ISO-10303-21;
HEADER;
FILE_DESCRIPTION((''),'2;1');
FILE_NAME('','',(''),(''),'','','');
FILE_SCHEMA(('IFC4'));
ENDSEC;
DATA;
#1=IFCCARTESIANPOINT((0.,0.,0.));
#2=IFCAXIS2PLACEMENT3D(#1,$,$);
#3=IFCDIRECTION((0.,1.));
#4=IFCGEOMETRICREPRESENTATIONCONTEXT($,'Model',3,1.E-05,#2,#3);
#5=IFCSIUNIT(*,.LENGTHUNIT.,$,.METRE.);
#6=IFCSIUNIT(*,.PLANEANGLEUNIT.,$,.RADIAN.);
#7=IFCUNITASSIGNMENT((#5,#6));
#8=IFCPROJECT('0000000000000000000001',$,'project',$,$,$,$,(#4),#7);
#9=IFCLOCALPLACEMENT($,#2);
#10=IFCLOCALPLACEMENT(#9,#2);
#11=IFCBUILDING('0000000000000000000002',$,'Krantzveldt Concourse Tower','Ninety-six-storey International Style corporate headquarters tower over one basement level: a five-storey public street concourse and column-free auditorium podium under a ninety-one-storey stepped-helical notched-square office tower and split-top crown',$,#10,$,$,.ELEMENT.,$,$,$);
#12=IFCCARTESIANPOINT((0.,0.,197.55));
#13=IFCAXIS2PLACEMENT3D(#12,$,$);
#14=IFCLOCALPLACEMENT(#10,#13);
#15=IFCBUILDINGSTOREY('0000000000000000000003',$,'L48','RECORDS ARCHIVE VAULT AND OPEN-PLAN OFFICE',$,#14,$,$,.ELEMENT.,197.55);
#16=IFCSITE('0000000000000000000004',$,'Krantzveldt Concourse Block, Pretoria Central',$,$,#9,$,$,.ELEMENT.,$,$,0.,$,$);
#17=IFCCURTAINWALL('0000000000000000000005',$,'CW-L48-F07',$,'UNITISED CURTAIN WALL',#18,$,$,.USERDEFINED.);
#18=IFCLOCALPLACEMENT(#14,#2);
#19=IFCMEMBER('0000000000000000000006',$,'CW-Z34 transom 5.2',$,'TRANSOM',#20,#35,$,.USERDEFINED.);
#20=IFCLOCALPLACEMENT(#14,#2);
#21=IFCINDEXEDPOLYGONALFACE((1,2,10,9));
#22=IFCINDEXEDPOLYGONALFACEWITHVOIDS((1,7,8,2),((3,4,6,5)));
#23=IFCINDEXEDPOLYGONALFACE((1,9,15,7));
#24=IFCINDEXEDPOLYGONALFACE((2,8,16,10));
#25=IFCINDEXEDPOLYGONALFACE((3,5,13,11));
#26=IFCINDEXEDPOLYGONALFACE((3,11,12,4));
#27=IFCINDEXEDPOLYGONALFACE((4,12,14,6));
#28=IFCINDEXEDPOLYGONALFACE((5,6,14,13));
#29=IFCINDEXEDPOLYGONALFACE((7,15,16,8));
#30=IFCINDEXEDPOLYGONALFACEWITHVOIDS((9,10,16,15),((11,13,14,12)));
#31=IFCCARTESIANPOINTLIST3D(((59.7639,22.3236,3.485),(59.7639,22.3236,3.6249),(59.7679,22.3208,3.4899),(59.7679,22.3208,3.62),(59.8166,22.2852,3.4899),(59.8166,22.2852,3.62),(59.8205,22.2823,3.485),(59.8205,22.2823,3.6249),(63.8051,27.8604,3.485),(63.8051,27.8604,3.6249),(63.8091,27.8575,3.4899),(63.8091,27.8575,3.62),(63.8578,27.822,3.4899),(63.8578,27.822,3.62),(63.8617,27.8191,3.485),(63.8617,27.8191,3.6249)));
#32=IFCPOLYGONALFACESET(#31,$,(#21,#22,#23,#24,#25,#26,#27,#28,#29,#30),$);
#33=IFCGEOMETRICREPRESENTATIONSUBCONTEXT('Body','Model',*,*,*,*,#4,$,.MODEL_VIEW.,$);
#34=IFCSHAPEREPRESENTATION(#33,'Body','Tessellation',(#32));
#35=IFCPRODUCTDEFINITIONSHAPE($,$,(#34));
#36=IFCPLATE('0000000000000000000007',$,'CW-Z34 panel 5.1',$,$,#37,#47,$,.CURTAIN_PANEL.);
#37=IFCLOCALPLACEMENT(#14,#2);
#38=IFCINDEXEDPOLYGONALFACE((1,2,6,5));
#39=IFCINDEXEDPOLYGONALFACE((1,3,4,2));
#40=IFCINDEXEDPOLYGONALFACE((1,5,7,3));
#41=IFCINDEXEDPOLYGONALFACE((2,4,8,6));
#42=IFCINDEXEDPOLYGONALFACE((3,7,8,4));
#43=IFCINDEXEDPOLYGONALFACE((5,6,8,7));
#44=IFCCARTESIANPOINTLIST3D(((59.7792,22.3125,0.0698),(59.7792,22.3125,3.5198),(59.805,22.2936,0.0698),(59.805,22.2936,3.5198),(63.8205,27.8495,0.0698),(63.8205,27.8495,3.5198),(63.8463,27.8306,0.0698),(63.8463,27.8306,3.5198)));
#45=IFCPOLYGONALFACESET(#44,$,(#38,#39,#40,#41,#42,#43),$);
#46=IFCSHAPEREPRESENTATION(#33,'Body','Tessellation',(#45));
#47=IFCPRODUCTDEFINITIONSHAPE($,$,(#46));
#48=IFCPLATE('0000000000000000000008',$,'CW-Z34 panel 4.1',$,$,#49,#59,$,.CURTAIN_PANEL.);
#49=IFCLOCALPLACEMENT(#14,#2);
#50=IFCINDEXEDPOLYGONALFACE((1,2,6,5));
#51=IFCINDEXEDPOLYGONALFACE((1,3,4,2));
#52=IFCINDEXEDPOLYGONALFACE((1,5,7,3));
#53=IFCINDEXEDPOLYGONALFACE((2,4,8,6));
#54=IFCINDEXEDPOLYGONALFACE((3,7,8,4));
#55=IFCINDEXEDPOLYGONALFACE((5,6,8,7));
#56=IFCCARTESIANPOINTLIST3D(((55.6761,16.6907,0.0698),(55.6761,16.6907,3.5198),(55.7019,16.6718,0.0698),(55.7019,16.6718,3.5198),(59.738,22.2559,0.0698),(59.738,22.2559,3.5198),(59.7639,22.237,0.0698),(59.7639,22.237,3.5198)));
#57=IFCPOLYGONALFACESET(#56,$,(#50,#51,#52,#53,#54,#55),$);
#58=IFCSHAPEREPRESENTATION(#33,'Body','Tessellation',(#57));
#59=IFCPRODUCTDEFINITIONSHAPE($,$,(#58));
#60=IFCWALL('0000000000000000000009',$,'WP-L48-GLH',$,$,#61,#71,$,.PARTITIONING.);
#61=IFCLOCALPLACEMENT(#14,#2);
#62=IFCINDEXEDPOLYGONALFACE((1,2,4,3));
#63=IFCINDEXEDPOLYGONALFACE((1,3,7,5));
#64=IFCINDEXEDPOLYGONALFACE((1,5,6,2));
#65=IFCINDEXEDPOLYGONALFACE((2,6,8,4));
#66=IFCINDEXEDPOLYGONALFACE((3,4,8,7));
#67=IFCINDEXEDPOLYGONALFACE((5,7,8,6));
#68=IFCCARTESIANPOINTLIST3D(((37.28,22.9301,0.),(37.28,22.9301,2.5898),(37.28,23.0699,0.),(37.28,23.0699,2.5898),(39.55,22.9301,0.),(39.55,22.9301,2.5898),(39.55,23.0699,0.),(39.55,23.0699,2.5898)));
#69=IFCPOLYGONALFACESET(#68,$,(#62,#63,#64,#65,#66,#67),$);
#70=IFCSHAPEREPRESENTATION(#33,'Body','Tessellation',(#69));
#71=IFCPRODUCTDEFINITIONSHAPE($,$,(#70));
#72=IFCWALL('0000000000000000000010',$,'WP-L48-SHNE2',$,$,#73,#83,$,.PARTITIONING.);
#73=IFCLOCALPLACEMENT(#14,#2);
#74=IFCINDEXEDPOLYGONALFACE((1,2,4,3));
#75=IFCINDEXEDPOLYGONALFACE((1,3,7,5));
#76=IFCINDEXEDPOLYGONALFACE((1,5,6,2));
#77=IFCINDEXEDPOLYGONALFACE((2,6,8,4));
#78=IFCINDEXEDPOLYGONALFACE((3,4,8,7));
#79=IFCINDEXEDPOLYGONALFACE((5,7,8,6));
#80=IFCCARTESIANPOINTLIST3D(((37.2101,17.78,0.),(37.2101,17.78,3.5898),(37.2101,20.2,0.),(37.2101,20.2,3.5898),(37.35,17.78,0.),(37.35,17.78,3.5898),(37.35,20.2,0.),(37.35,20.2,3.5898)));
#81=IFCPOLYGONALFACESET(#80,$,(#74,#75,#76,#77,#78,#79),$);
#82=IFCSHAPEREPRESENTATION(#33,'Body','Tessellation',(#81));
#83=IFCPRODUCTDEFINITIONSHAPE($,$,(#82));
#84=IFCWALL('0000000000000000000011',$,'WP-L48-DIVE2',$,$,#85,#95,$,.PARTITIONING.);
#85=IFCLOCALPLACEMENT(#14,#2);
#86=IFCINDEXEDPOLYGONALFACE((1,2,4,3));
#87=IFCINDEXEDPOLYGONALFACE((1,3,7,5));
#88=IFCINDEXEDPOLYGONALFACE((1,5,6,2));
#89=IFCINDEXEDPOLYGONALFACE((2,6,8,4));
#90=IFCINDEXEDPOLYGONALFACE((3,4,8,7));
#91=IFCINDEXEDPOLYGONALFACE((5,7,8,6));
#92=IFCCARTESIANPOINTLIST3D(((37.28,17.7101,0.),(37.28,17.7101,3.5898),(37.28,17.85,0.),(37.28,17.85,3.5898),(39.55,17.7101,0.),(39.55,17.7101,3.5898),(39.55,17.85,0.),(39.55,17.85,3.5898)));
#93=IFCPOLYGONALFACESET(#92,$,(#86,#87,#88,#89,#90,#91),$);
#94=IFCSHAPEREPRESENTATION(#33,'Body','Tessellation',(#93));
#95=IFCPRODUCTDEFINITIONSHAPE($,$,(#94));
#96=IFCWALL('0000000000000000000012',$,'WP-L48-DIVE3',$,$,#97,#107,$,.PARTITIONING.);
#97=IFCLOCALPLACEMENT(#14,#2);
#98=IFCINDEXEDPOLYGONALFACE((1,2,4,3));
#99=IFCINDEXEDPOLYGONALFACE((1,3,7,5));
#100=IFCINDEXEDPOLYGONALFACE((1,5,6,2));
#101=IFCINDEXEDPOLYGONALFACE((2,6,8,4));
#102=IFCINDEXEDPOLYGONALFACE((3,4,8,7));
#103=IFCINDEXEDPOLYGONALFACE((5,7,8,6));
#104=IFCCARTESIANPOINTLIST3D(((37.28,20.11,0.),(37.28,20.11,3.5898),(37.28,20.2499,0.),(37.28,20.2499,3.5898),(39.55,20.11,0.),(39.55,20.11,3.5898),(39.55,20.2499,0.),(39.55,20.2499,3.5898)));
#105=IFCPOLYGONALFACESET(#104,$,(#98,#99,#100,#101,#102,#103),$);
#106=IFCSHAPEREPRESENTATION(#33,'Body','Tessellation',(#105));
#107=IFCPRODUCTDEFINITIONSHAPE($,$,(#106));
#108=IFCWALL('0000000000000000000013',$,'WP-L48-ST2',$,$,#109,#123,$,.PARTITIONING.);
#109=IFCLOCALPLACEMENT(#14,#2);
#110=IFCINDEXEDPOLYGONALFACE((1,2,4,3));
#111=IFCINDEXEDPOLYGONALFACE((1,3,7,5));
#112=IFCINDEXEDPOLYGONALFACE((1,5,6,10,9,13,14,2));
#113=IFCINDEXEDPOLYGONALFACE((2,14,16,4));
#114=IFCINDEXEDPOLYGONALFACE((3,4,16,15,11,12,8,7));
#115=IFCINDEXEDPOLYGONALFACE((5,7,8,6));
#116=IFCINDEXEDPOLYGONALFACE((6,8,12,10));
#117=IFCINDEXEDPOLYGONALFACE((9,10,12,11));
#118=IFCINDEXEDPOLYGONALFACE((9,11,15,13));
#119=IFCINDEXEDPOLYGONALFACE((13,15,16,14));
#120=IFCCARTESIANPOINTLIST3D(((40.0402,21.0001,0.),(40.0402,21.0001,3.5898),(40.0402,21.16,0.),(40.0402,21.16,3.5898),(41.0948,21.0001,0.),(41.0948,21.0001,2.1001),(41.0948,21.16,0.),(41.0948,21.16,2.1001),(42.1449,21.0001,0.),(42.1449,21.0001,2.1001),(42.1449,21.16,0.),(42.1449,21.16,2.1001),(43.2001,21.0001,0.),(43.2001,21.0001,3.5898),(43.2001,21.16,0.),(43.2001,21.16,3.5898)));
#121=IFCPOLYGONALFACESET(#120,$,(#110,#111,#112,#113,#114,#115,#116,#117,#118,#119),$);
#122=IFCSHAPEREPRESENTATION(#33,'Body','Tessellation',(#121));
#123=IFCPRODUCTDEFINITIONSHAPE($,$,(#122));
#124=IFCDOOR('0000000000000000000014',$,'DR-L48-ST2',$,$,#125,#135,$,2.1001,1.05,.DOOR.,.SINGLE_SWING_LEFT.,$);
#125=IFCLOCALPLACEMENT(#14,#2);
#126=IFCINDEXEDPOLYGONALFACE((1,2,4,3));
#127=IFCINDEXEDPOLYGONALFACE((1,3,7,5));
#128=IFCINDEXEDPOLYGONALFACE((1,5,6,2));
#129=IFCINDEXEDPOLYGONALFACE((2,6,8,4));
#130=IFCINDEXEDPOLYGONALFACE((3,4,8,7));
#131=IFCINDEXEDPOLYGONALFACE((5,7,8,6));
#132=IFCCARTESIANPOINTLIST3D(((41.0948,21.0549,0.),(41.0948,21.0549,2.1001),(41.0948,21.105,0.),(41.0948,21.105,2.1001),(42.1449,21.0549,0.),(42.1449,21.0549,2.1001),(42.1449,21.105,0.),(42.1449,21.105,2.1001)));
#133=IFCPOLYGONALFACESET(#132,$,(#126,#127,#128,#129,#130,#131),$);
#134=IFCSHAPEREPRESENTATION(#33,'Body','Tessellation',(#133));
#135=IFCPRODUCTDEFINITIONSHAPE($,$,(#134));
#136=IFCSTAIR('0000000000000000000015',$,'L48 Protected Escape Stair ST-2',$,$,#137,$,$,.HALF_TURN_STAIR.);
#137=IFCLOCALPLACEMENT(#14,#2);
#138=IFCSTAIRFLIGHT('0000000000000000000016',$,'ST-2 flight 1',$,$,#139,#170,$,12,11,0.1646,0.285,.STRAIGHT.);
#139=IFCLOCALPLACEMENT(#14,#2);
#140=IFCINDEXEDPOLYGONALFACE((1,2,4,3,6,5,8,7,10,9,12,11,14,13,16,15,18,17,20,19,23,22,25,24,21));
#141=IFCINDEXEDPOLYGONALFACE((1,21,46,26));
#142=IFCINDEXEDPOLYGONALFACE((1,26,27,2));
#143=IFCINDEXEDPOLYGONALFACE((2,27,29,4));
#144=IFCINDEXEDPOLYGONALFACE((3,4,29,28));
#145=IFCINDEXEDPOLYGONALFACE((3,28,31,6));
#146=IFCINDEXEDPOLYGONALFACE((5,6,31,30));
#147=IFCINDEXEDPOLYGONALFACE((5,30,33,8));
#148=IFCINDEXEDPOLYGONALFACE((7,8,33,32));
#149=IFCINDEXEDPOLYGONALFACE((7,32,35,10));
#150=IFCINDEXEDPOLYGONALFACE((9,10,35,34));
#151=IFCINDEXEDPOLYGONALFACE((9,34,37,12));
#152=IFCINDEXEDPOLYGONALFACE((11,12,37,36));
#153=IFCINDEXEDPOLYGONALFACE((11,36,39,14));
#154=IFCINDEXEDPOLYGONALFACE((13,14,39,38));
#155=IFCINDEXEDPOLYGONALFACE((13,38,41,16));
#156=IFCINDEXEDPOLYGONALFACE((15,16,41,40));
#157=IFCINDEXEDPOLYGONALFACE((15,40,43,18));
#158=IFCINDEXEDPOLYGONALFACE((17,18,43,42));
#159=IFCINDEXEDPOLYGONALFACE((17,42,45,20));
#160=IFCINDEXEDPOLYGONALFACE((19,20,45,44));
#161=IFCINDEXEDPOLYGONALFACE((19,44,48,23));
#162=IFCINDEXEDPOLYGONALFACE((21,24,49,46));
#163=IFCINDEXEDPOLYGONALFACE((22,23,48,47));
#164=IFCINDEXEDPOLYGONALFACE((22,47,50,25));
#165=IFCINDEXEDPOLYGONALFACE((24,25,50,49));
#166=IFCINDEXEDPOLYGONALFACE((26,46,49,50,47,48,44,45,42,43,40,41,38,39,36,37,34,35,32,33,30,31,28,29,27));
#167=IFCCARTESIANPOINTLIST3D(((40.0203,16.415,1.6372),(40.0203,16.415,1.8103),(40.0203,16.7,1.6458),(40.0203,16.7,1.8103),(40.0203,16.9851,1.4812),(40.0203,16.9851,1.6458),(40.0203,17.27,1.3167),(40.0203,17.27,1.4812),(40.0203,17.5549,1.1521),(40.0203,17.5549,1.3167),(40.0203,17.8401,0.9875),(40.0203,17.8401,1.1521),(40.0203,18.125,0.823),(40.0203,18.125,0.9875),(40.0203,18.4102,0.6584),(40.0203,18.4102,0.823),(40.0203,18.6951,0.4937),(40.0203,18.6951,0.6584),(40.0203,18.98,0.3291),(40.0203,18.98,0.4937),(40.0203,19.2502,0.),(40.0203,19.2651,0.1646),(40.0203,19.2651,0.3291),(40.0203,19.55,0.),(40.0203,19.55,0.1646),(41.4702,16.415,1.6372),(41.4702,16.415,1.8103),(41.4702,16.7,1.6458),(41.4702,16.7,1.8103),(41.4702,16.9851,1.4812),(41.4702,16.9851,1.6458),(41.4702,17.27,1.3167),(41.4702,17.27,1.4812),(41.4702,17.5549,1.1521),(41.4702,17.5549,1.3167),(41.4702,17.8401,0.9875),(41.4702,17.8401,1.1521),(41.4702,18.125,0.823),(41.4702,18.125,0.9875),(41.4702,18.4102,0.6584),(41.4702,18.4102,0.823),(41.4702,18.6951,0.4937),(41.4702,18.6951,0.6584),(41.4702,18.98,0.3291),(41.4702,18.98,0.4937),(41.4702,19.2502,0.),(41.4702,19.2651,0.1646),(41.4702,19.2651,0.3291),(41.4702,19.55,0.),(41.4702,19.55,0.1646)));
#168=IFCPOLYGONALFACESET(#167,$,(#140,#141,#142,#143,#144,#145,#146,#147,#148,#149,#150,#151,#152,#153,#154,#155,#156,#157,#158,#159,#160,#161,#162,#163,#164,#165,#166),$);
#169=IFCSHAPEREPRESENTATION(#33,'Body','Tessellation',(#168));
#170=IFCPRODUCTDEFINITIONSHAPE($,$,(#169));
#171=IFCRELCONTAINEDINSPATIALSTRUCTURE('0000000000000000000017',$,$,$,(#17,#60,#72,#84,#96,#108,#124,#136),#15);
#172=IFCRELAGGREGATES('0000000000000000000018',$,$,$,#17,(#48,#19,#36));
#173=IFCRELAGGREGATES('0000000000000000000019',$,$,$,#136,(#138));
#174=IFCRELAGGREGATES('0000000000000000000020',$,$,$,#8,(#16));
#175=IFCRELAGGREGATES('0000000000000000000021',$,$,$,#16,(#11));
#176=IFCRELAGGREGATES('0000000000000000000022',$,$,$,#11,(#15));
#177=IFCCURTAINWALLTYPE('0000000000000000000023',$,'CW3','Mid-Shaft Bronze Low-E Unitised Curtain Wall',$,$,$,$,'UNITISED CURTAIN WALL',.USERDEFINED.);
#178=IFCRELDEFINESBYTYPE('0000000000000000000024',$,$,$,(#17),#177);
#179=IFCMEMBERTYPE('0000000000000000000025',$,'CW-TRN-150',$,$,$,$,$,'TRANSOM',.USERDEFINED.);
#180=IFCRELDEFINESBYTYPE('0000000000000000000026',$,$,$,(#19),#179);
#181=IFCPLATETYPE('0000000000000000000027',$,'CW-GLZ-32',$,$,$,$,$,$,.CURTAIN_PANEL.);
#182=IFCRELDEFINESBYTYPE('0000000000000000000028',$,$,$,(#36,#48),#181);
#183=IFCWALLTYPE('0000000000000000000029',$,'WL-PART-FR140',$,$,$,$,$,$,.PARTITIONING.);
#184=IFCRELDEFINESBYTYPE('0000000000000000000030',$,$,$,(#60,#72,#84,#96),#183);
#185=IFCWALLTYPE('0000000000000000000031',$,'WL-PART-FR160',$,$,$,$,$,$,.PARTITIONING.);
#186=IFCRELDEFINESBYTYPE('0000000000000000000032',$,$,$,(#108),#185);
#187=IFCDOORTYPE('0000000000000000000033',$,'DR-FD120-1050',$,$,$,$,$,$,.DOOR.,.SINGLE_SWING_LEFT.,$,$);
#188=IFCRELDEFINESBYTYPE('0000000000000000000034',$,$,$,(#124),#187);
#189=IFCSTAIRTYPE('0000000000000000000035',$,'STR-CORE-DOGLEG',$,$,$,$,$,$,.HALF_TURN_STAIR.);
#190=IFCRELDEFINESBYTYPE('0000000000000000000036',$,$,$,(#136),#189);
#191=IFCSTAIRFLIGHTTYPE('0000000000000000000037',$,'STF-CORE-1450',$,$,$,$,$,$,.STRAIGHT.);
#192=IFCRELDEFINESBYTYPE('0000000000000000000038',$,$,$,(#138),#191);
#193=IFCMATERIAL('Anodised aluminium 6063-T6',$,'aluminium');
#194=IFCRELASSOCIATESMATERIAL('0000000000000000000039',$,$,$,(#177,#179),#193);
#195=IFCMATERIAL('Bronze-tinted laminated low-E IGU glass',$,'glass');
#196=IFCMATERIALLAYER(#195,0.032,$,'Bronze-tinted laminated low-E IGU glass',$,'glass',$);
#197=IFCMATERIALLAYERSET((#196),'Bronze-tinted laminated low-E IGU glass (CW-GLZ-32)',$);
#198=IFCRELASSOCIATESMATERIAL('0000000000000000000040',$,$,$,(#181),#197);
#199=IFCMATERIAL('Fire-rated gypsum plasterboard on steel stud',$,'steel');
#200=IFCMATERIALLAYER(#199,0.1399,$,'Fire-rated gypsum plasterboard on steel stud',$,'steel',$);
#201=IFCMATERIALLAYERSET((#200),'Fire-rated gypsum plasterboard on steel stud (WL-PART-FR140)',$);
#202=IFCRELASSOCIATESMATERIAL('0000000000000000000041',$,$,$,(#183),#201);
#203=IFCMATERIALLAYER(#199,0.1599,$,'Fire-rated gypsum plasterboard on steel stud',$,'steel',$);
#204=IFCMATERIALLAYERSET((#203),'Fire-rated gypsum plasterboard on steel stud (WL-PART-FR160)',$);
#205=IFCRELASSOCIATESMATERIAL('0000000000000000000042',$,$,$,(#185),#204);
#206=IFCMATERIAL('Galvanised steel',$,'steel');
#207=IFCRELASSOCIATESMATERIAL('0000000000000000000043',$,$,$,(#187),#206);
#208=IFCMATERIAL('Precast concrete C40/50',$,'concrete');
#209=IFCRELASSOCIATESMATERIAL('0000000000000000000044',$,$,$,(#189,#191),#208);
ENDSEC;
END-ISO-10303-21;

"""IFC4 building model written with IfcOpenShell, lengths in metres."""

from ifc_helpers import new_model, si_unit, direction, frame, frame_2d, origin, origin_2d, place, context, subcontext, project, spatial, polyline, rectangle, hollow_rectangle, outline, extrude, source, transform, mapped, material, layer, layer_set, material_profile, profile_set, type_object, type_shapes, element, fill, aggregate, save


model = new_model("IFC4")

# Units and contexts
model_context = context("Model", 3, precision=1e-05, world=origin(), true_north=direction((0.0, 1.0)))
body_context = subcontext(model_context, "Body", "Model", "MODEL_VIEW")
ifc_project = project(units=[si_unit("LENGTHUNIT", "METRE"), si_unit("PLANEANGLEUNIT", "RADIAN")], contexts=[model_context])

# Site, building, storey
site_placement = place(None, origin())
site = spatial("IfcSite", under=ifc_project, at=site_placement, Name="Krantzveldt Concourse Block, Pretoria Central", CompositionType="ELEMENT", RefElevation=0.0)
building_placement = place(site_placement, origin())
building = spatial("IfcBuilding", under=site, at=building_placement, Name="Krantzveldt Concourse Tower", Description="Ninety-six-storey International Style corporate headquarters tower over one basement level: a five-storey public street concourse and column-free auditorium podium under a ninety-one-storey stepped-helical notched-square office tower and split-top crown", CompositionType="ELEMENT")
storey_placement = place(building_placement, frame((0.0, 0.0, 197.55)))
storey = spatial("IfcBuildingStorey", under=building, at=storey_placement, Name="L48", Description="RECORDS ARCHIVE VAULT AND OPEN-PLAN OFFICE", CompositionType="ELEMENT", Elevation=197.55)

# Curtain wall, member, plates
ifc_material_1 = material(Name="Anodised aluminium 6063-T6", Category="aluminium")
curtain_wall_type = type_object("IfcCurtainWallType", Name="CW3", Description="Mid-Shaft Bronze Low-E Unitised Curtain Wall", ElementType="UNITISED CURTAIN WALL", PredefinedType="USERDEFINED", material=ifc_material_1)
curtain_wall_placement = place(storey_placement, origin())
curtain_wall = element("IfcCurtainWall", 1, at=curtain_wall_placement, inside=storey, type_object=curtain_wall_type, Name="CW-L48-F07", ObjectType="UNITISED CURTAIN WALL", PredefinedType="USERDEFINED")
ifc_material_profile_1 = material_profile(ifc_material_1, hollow_rectangle(XDim=0.0701, YDim=0.1399, WallThickness=0.0049, at=origin_2d()), Name="Anodised aluminium 6063-T6", Category="aluminium")
ifc_profile_set_1 = profile_set([ifc_material_profile_1], Name="Anodised aluminium 6063-T6 - ALU-TRAN 140x70x5")
member_type_1 = type_object("IfcMemberType", Name="CW-TRN-150", ElementType="TRANSOM", PredefinedType="USERDEFINED", material=ifc_profile_set_1)
shared_shape_1 = source(origin(), body_context, "Body", "SweptSolid", [
    extrude(hollow_rectangle(XDim=0.0701, YDim=0.1399, WallThickness=0.0049, at=origin_2d()), origin(), (0.0, 0.0, 1.0), 6.8547),
])
member_1_placement = place(storey_placement, frame((59.7922, 22.303, 3.5549), z_axis=(0.589549, 0.807732, 0.0), x_axis=(-0.807732, 0.589549, 0.0)))
member_1 = element("IfcMember", 2, at=member_1_placement, type_object=member_type_1, Name="CW-Z34 transom 5.2", ObjectType="TRANSOM", PredefinedType="USERDEFINED", context=body_context, shape_type="MappedRepresentation", body=[
    mapped(shared_shape_1, transform((0.0, 0.0, 0.0), x_axis=(1.0, 0.0, 0.0), y_axis=(0.0, 1.0, 0.0), z_axis=(0.0, 0.0, 1.0), scale=1.0)),
])
ifc_material_2 = material(Name="Bronze-tinted laminated low-E IGU glass", Category="glass")
ifc_layer_1 = layer(ifc_material_2, 0.032, Name="Bronze-tinted laminated low-E IGU glass", Category="glass")
ifc_layer_set_1 = layer_set([ifc_layer_1], Name="Bronze-tinted laminated low-E IGU glass (CW-GLZ-32)")
plate_type = type_object("IfcPlateType", Name="CW-GLZ-32", PredefinedType="CURTAIN_PANEL", material=ifc_layer_set_1)
shared_shape_2 = source(origin(), body_context, "Body", "SweptSolid", [
    extrude(rectangle(XDim=6.855, YDim=0.032, at=origin_2d()), origin(), (0.0, 0.0, 1.0), 3.45),
])
plate_1_placement = place(storey_placement, frame((61.8127, 25.0715, 0.0698), z_axis=(0.0, 0.0, 1.0), x_axis=(0.589549, 0.807733, 0.0)))
plate_1 = element("IfcPlate", 3, at=plate_1_placement, type_object=plate_type, Name="CW-Z34 panel 5.1", PredefinedType="CURTAIN_PANEL", context=body_context, shape_type="MappedRepresentation", body=[
    mapped(shared_shape_2, transform((0.0, 0.0, 0.0), x_axis=(1.0, 0.0, 0.0), y_axis=(0.0, 1.0, 0.0), z_axis=(0.0, 0.0, 1.0), scale=1.0)),
])
shared_shape_3 = source(origin(), body_context, "Body", "SweptSolid", [
    extrude(rectangle(XDim=6.8899, YDim=0.032, at=origin_2d()), origin(), (0.0, 0.0, 1.0), 3.45),
])
type_shapes(plate_type, [shared_shape_2, shared_shape_3])
plate_2_placement = place(storey_placement, frame((57.72, 19.4639, 0.0698), z_axis=(0.0, 0.0, 1.0), x_axis=(0.589549, 0.807733, 0.0)))
plate_2 = element("IfcPlate", 4, at=plate_2_placement, type_object=plate_type, Name="CW-Z34 panel 4.1", PredefinedType="CURTAIN_PANEL", context=body_context, shape_type="MappedRepresentation", body=[
    mapped(shared_shape_3, transform((0.0, 0.0, 0.0), x_axis=(1.0, 0.0, 0.0), y_axis=(0.0, 1.0, 0.0), z_axis=(0.0, 0.0, 1.0), scale=1.0)),
])
aggregate(curtain_wall, [plate_2, member_1, plate_1])

# Shared definitions
ifc_material_3 = material(Name="Fire-rated gypsum plasterboard on steel stud", Category="steel")
ifc_layer_2 = layer(ifc_material_3, 0.1399, Name="Fire-rated gypsum plasterboard on steel stud", Category="steel")
ifc_layer_set_2 = layer_set([ifc_layer_2], Name="Fire-rated gypsum plasterboard on steel stud (WL-PART-FR140)")
wall_type_1 = type_object("IfcWallType", Name="WL-PART-FR140", PredefinedType="PARTITIONING", material=ifc_layer_set_2)

# Walls
wall_1_placement = place(storey_placement, frame((37.28, 23.0, 0.0), z_axis=(0.0, 0.0, 1.0), x_axis=(1.0, 0.0, 0.0)))
element("IfcWall", 5, at=wall_1_placement, inside=storey, type_object=wall_type_1, Name="WP-L48-GLH", PredefinedType="PARTITIONING", context=body_context, shape_type="SweptSolid", body=[
    extrude(rectangle(XDim=2.27, YDim=0.1399, at=frame_2d((1.135, 0.0))), origin(), (0.0, 0.0, 1.0), 2.5898),
])
wall_2_placement = place(storey_placement, frame((37.28, 17.78, 0.0), z_axis=(0.0, 0.0, 1.0), x_axis=(0.0, 1.0, 0.0)))
element("IfcWall", 6, at=wall_2_placement, inside=storey, type_object=wall_type_1, Name="WP-L48-SHNE2", PredefinedType="PARTITIONING", context=body_context, shape_type="SweptSolid", body=[
    extrude(rectangle(XDim=2.4199, YDim=0.1399, at=frame_2d((1.21, 0.0))), origin(), (0.0, 0.0, 1.0), 3.5898),
])
for number, where, z_axis, x_axis, name in (
    (7, (37.28, 17.78, 0.0), (0.0, 0.0, 1.0), (1.0, 0.0, 0.0), "WP-L48-DIVE2"),
    (8, (37.28, 20.1799, 0.0), (0.0, 0.0, 1.0), (1.0, 0.0, 0.0), "WP-L48-DIVE3"),
):
    element("IfcWall", number, at=place(storey_placement, frame(where, z_axis=z_axis, x_axis=x_axis)), inside=storey, type_object=wall_type_1, Name=name, PredefinedType="PARTITIONING", context=body_context, shape_type="SweptSolid", body=[
        extrude(rectangle(XDim=2.27, YDim=0.1399, at=frame_2d((1.135, 0.0))), origin(), (0.0, 0.0, 1.0), 3.5898),
    ])

# Wall, opening, door
ifc_layer_3 = layer(ifc_material_3, 0.1599, Name="Fire-rated gypsum plasterboard on steel stud", Category="steel")
ifc_layer_set_3 = layer_set([ifc_layer_3], Name="Fire-rated gypsum plasterboard on steel stud (WL-PART-FR160)")
wall_type_2 = type_object("IfcWallType", Name="WL-PART-FR160", PredefinedType="PARTITIONING", material=ifc_layer_set_3)
wall_3_placement = place(storey_placement, frame((40.04, 21.0801, 0.0), z_axis=(0.0, 0.0, 1.0), x_axis=(1.0, 0.0, 0.0)))
wall_3 = element("IfcWall", 9, at=wall_3_placement, inside=storey, type_object=wall_type_2, Name="WP-L48-ST2", PredefinedType="PARTITIONING", context=body_context, shape_type="SweptSolid", body=[
    extrude(rectangle(XDim=3.1599, YDim=0.1599, at=frame_2d((1.5801, 0.0))), origin(), (0.0, 0.0, 1.0), 3.5898),
])
opening_1_placement = place(wall_3_placement, frame((1.0549, 0.0, 0.0)))
opening_1 = element("IfcOpeningElement", 10, at=opening_1_placement, cuts=wall_3, PredefinedType="OPENING", context=body_context, shape_type="SweptSolid", body=[
    extrude(rectangle(XDim=1.05, YDim=2.1001, at=frame_2d((0.5249, 1.05))), frame((0.0, 0.0898, 0.0), z_axis=(0.0, -1.0, 0.0), x_axis=(1.0, 0.0, 0.0)), (0.0, 0.0, 1.0), 0.1799),
])
ifc_material_4 = material(Name="Galvanised steel", Category="steel")
door_type_1 = type_object("IfcDoorType", Name="DR-FD120-1050", OperationType="SINGLE_SWING_LEFT", PredefinedType="DOOR", material=ifc_material_4)
door_1_placement = place(opening_1_placement, origin())
door_1 = element("IfcDoor", 11, at=door_1_placement, inside=storey, type_object=door_type_1, Name="DR-L48-ST2", OperationType="SINGLE_SWING_LEFT", OverallHeight=2.1001, OverallWidth=1.05, PredefinedType="DOOR", context=body_context, shape_type="SweptSolid", body=[
    extrude(rectangle(XDim=1.05, YDim=2.1001, at=frame_2d((0.5249, 1.05))), frame((0.0, 0.0249, 0.0), z_axis=(0.0, -1.0, 0.0), x_axis=(1.0, 0.0, 0.0)), (0.0, 0.0, 1.0), 0.05),
])
fill(opening_1, door_1)

# Stair, stair flight
ifc_material_5 = material(Name="Precast concrete C40/50", Category="concrete")
stair_type = type_object("IfcStairType", Name="STR-CORE-DOGLEG", PredefinedType="HALF_TURN_STAIR", material=ifc_material_5)
stair_placement = place(storey_placement, origin())
stair = element("IfcStair", 12, at=stair_placement, inside=storey, type_object=stair_type, Name="L48 Protected Escape Stair ST-2", PredefinedType="HALF_TURN_STAIR")
stair_flight_type = type_object("IfcStairFlightType", Name="STF-CORE-1450", PredefinedType="STRAIGHT", material=ifc_material_5)
stair_flight_1_placement = place(storey_placement, frame((40.7451, 19.55, 0.0), z_axis=(0.0, 0.0, 1.0), x_axis=(0.0, -1.0, 0.0)))
stair_flight_1 = element("IfcStairFlight", 13, at=stair_flight_1_placement, type_object=stair_flight_type, Name="ST-2 flight 1", NumberOfRisers=12, NumberOfTreads=11, PredefinedType="STRAIGHT", RiserHeight=0.1646, TreadLength=0.285, context=body_context, shape_type="SweptSolid", body=[
    extrude(outline(polyline([(0.0, 0.0), (0.0, 0.1646), (0.2849, 0.1646), (0.2849, 0.3291), (0.5701, 0.3291), (0.5701, 0.4937), (0.855, 0.4937), (0.855, 0.6584), (1.1399, 0.6584), (1.1399, 0.823), (1.425, 0.823), (1.425, 0.9875), (1.71, 0.9875), (1.71, 1.1521), (1.9951, 1.1521), (1.9951, 1.3167), (2.28, 1.3167), (2.28, 1.4812), (2.5649, 1.4812), (2.5649, 1.6458), (2.8501, 1.6458), (2.8501, 1.8103), (3.135, 1.8103), (3.135, 1.9751), (3.135, 1.6372), (0.2998, 0.0), (0.0, 0.0)])), frame((0.0, 0.7251, 0.0), z_axis=(0.0, -1.0, 0.0), x_axis=(1.0, 0.0, 0.0)), (0.0, 0.0, 1.0), 1.45),
])
aggregate(stair, [stair_flight_1])

save(model, "model.ifc")
